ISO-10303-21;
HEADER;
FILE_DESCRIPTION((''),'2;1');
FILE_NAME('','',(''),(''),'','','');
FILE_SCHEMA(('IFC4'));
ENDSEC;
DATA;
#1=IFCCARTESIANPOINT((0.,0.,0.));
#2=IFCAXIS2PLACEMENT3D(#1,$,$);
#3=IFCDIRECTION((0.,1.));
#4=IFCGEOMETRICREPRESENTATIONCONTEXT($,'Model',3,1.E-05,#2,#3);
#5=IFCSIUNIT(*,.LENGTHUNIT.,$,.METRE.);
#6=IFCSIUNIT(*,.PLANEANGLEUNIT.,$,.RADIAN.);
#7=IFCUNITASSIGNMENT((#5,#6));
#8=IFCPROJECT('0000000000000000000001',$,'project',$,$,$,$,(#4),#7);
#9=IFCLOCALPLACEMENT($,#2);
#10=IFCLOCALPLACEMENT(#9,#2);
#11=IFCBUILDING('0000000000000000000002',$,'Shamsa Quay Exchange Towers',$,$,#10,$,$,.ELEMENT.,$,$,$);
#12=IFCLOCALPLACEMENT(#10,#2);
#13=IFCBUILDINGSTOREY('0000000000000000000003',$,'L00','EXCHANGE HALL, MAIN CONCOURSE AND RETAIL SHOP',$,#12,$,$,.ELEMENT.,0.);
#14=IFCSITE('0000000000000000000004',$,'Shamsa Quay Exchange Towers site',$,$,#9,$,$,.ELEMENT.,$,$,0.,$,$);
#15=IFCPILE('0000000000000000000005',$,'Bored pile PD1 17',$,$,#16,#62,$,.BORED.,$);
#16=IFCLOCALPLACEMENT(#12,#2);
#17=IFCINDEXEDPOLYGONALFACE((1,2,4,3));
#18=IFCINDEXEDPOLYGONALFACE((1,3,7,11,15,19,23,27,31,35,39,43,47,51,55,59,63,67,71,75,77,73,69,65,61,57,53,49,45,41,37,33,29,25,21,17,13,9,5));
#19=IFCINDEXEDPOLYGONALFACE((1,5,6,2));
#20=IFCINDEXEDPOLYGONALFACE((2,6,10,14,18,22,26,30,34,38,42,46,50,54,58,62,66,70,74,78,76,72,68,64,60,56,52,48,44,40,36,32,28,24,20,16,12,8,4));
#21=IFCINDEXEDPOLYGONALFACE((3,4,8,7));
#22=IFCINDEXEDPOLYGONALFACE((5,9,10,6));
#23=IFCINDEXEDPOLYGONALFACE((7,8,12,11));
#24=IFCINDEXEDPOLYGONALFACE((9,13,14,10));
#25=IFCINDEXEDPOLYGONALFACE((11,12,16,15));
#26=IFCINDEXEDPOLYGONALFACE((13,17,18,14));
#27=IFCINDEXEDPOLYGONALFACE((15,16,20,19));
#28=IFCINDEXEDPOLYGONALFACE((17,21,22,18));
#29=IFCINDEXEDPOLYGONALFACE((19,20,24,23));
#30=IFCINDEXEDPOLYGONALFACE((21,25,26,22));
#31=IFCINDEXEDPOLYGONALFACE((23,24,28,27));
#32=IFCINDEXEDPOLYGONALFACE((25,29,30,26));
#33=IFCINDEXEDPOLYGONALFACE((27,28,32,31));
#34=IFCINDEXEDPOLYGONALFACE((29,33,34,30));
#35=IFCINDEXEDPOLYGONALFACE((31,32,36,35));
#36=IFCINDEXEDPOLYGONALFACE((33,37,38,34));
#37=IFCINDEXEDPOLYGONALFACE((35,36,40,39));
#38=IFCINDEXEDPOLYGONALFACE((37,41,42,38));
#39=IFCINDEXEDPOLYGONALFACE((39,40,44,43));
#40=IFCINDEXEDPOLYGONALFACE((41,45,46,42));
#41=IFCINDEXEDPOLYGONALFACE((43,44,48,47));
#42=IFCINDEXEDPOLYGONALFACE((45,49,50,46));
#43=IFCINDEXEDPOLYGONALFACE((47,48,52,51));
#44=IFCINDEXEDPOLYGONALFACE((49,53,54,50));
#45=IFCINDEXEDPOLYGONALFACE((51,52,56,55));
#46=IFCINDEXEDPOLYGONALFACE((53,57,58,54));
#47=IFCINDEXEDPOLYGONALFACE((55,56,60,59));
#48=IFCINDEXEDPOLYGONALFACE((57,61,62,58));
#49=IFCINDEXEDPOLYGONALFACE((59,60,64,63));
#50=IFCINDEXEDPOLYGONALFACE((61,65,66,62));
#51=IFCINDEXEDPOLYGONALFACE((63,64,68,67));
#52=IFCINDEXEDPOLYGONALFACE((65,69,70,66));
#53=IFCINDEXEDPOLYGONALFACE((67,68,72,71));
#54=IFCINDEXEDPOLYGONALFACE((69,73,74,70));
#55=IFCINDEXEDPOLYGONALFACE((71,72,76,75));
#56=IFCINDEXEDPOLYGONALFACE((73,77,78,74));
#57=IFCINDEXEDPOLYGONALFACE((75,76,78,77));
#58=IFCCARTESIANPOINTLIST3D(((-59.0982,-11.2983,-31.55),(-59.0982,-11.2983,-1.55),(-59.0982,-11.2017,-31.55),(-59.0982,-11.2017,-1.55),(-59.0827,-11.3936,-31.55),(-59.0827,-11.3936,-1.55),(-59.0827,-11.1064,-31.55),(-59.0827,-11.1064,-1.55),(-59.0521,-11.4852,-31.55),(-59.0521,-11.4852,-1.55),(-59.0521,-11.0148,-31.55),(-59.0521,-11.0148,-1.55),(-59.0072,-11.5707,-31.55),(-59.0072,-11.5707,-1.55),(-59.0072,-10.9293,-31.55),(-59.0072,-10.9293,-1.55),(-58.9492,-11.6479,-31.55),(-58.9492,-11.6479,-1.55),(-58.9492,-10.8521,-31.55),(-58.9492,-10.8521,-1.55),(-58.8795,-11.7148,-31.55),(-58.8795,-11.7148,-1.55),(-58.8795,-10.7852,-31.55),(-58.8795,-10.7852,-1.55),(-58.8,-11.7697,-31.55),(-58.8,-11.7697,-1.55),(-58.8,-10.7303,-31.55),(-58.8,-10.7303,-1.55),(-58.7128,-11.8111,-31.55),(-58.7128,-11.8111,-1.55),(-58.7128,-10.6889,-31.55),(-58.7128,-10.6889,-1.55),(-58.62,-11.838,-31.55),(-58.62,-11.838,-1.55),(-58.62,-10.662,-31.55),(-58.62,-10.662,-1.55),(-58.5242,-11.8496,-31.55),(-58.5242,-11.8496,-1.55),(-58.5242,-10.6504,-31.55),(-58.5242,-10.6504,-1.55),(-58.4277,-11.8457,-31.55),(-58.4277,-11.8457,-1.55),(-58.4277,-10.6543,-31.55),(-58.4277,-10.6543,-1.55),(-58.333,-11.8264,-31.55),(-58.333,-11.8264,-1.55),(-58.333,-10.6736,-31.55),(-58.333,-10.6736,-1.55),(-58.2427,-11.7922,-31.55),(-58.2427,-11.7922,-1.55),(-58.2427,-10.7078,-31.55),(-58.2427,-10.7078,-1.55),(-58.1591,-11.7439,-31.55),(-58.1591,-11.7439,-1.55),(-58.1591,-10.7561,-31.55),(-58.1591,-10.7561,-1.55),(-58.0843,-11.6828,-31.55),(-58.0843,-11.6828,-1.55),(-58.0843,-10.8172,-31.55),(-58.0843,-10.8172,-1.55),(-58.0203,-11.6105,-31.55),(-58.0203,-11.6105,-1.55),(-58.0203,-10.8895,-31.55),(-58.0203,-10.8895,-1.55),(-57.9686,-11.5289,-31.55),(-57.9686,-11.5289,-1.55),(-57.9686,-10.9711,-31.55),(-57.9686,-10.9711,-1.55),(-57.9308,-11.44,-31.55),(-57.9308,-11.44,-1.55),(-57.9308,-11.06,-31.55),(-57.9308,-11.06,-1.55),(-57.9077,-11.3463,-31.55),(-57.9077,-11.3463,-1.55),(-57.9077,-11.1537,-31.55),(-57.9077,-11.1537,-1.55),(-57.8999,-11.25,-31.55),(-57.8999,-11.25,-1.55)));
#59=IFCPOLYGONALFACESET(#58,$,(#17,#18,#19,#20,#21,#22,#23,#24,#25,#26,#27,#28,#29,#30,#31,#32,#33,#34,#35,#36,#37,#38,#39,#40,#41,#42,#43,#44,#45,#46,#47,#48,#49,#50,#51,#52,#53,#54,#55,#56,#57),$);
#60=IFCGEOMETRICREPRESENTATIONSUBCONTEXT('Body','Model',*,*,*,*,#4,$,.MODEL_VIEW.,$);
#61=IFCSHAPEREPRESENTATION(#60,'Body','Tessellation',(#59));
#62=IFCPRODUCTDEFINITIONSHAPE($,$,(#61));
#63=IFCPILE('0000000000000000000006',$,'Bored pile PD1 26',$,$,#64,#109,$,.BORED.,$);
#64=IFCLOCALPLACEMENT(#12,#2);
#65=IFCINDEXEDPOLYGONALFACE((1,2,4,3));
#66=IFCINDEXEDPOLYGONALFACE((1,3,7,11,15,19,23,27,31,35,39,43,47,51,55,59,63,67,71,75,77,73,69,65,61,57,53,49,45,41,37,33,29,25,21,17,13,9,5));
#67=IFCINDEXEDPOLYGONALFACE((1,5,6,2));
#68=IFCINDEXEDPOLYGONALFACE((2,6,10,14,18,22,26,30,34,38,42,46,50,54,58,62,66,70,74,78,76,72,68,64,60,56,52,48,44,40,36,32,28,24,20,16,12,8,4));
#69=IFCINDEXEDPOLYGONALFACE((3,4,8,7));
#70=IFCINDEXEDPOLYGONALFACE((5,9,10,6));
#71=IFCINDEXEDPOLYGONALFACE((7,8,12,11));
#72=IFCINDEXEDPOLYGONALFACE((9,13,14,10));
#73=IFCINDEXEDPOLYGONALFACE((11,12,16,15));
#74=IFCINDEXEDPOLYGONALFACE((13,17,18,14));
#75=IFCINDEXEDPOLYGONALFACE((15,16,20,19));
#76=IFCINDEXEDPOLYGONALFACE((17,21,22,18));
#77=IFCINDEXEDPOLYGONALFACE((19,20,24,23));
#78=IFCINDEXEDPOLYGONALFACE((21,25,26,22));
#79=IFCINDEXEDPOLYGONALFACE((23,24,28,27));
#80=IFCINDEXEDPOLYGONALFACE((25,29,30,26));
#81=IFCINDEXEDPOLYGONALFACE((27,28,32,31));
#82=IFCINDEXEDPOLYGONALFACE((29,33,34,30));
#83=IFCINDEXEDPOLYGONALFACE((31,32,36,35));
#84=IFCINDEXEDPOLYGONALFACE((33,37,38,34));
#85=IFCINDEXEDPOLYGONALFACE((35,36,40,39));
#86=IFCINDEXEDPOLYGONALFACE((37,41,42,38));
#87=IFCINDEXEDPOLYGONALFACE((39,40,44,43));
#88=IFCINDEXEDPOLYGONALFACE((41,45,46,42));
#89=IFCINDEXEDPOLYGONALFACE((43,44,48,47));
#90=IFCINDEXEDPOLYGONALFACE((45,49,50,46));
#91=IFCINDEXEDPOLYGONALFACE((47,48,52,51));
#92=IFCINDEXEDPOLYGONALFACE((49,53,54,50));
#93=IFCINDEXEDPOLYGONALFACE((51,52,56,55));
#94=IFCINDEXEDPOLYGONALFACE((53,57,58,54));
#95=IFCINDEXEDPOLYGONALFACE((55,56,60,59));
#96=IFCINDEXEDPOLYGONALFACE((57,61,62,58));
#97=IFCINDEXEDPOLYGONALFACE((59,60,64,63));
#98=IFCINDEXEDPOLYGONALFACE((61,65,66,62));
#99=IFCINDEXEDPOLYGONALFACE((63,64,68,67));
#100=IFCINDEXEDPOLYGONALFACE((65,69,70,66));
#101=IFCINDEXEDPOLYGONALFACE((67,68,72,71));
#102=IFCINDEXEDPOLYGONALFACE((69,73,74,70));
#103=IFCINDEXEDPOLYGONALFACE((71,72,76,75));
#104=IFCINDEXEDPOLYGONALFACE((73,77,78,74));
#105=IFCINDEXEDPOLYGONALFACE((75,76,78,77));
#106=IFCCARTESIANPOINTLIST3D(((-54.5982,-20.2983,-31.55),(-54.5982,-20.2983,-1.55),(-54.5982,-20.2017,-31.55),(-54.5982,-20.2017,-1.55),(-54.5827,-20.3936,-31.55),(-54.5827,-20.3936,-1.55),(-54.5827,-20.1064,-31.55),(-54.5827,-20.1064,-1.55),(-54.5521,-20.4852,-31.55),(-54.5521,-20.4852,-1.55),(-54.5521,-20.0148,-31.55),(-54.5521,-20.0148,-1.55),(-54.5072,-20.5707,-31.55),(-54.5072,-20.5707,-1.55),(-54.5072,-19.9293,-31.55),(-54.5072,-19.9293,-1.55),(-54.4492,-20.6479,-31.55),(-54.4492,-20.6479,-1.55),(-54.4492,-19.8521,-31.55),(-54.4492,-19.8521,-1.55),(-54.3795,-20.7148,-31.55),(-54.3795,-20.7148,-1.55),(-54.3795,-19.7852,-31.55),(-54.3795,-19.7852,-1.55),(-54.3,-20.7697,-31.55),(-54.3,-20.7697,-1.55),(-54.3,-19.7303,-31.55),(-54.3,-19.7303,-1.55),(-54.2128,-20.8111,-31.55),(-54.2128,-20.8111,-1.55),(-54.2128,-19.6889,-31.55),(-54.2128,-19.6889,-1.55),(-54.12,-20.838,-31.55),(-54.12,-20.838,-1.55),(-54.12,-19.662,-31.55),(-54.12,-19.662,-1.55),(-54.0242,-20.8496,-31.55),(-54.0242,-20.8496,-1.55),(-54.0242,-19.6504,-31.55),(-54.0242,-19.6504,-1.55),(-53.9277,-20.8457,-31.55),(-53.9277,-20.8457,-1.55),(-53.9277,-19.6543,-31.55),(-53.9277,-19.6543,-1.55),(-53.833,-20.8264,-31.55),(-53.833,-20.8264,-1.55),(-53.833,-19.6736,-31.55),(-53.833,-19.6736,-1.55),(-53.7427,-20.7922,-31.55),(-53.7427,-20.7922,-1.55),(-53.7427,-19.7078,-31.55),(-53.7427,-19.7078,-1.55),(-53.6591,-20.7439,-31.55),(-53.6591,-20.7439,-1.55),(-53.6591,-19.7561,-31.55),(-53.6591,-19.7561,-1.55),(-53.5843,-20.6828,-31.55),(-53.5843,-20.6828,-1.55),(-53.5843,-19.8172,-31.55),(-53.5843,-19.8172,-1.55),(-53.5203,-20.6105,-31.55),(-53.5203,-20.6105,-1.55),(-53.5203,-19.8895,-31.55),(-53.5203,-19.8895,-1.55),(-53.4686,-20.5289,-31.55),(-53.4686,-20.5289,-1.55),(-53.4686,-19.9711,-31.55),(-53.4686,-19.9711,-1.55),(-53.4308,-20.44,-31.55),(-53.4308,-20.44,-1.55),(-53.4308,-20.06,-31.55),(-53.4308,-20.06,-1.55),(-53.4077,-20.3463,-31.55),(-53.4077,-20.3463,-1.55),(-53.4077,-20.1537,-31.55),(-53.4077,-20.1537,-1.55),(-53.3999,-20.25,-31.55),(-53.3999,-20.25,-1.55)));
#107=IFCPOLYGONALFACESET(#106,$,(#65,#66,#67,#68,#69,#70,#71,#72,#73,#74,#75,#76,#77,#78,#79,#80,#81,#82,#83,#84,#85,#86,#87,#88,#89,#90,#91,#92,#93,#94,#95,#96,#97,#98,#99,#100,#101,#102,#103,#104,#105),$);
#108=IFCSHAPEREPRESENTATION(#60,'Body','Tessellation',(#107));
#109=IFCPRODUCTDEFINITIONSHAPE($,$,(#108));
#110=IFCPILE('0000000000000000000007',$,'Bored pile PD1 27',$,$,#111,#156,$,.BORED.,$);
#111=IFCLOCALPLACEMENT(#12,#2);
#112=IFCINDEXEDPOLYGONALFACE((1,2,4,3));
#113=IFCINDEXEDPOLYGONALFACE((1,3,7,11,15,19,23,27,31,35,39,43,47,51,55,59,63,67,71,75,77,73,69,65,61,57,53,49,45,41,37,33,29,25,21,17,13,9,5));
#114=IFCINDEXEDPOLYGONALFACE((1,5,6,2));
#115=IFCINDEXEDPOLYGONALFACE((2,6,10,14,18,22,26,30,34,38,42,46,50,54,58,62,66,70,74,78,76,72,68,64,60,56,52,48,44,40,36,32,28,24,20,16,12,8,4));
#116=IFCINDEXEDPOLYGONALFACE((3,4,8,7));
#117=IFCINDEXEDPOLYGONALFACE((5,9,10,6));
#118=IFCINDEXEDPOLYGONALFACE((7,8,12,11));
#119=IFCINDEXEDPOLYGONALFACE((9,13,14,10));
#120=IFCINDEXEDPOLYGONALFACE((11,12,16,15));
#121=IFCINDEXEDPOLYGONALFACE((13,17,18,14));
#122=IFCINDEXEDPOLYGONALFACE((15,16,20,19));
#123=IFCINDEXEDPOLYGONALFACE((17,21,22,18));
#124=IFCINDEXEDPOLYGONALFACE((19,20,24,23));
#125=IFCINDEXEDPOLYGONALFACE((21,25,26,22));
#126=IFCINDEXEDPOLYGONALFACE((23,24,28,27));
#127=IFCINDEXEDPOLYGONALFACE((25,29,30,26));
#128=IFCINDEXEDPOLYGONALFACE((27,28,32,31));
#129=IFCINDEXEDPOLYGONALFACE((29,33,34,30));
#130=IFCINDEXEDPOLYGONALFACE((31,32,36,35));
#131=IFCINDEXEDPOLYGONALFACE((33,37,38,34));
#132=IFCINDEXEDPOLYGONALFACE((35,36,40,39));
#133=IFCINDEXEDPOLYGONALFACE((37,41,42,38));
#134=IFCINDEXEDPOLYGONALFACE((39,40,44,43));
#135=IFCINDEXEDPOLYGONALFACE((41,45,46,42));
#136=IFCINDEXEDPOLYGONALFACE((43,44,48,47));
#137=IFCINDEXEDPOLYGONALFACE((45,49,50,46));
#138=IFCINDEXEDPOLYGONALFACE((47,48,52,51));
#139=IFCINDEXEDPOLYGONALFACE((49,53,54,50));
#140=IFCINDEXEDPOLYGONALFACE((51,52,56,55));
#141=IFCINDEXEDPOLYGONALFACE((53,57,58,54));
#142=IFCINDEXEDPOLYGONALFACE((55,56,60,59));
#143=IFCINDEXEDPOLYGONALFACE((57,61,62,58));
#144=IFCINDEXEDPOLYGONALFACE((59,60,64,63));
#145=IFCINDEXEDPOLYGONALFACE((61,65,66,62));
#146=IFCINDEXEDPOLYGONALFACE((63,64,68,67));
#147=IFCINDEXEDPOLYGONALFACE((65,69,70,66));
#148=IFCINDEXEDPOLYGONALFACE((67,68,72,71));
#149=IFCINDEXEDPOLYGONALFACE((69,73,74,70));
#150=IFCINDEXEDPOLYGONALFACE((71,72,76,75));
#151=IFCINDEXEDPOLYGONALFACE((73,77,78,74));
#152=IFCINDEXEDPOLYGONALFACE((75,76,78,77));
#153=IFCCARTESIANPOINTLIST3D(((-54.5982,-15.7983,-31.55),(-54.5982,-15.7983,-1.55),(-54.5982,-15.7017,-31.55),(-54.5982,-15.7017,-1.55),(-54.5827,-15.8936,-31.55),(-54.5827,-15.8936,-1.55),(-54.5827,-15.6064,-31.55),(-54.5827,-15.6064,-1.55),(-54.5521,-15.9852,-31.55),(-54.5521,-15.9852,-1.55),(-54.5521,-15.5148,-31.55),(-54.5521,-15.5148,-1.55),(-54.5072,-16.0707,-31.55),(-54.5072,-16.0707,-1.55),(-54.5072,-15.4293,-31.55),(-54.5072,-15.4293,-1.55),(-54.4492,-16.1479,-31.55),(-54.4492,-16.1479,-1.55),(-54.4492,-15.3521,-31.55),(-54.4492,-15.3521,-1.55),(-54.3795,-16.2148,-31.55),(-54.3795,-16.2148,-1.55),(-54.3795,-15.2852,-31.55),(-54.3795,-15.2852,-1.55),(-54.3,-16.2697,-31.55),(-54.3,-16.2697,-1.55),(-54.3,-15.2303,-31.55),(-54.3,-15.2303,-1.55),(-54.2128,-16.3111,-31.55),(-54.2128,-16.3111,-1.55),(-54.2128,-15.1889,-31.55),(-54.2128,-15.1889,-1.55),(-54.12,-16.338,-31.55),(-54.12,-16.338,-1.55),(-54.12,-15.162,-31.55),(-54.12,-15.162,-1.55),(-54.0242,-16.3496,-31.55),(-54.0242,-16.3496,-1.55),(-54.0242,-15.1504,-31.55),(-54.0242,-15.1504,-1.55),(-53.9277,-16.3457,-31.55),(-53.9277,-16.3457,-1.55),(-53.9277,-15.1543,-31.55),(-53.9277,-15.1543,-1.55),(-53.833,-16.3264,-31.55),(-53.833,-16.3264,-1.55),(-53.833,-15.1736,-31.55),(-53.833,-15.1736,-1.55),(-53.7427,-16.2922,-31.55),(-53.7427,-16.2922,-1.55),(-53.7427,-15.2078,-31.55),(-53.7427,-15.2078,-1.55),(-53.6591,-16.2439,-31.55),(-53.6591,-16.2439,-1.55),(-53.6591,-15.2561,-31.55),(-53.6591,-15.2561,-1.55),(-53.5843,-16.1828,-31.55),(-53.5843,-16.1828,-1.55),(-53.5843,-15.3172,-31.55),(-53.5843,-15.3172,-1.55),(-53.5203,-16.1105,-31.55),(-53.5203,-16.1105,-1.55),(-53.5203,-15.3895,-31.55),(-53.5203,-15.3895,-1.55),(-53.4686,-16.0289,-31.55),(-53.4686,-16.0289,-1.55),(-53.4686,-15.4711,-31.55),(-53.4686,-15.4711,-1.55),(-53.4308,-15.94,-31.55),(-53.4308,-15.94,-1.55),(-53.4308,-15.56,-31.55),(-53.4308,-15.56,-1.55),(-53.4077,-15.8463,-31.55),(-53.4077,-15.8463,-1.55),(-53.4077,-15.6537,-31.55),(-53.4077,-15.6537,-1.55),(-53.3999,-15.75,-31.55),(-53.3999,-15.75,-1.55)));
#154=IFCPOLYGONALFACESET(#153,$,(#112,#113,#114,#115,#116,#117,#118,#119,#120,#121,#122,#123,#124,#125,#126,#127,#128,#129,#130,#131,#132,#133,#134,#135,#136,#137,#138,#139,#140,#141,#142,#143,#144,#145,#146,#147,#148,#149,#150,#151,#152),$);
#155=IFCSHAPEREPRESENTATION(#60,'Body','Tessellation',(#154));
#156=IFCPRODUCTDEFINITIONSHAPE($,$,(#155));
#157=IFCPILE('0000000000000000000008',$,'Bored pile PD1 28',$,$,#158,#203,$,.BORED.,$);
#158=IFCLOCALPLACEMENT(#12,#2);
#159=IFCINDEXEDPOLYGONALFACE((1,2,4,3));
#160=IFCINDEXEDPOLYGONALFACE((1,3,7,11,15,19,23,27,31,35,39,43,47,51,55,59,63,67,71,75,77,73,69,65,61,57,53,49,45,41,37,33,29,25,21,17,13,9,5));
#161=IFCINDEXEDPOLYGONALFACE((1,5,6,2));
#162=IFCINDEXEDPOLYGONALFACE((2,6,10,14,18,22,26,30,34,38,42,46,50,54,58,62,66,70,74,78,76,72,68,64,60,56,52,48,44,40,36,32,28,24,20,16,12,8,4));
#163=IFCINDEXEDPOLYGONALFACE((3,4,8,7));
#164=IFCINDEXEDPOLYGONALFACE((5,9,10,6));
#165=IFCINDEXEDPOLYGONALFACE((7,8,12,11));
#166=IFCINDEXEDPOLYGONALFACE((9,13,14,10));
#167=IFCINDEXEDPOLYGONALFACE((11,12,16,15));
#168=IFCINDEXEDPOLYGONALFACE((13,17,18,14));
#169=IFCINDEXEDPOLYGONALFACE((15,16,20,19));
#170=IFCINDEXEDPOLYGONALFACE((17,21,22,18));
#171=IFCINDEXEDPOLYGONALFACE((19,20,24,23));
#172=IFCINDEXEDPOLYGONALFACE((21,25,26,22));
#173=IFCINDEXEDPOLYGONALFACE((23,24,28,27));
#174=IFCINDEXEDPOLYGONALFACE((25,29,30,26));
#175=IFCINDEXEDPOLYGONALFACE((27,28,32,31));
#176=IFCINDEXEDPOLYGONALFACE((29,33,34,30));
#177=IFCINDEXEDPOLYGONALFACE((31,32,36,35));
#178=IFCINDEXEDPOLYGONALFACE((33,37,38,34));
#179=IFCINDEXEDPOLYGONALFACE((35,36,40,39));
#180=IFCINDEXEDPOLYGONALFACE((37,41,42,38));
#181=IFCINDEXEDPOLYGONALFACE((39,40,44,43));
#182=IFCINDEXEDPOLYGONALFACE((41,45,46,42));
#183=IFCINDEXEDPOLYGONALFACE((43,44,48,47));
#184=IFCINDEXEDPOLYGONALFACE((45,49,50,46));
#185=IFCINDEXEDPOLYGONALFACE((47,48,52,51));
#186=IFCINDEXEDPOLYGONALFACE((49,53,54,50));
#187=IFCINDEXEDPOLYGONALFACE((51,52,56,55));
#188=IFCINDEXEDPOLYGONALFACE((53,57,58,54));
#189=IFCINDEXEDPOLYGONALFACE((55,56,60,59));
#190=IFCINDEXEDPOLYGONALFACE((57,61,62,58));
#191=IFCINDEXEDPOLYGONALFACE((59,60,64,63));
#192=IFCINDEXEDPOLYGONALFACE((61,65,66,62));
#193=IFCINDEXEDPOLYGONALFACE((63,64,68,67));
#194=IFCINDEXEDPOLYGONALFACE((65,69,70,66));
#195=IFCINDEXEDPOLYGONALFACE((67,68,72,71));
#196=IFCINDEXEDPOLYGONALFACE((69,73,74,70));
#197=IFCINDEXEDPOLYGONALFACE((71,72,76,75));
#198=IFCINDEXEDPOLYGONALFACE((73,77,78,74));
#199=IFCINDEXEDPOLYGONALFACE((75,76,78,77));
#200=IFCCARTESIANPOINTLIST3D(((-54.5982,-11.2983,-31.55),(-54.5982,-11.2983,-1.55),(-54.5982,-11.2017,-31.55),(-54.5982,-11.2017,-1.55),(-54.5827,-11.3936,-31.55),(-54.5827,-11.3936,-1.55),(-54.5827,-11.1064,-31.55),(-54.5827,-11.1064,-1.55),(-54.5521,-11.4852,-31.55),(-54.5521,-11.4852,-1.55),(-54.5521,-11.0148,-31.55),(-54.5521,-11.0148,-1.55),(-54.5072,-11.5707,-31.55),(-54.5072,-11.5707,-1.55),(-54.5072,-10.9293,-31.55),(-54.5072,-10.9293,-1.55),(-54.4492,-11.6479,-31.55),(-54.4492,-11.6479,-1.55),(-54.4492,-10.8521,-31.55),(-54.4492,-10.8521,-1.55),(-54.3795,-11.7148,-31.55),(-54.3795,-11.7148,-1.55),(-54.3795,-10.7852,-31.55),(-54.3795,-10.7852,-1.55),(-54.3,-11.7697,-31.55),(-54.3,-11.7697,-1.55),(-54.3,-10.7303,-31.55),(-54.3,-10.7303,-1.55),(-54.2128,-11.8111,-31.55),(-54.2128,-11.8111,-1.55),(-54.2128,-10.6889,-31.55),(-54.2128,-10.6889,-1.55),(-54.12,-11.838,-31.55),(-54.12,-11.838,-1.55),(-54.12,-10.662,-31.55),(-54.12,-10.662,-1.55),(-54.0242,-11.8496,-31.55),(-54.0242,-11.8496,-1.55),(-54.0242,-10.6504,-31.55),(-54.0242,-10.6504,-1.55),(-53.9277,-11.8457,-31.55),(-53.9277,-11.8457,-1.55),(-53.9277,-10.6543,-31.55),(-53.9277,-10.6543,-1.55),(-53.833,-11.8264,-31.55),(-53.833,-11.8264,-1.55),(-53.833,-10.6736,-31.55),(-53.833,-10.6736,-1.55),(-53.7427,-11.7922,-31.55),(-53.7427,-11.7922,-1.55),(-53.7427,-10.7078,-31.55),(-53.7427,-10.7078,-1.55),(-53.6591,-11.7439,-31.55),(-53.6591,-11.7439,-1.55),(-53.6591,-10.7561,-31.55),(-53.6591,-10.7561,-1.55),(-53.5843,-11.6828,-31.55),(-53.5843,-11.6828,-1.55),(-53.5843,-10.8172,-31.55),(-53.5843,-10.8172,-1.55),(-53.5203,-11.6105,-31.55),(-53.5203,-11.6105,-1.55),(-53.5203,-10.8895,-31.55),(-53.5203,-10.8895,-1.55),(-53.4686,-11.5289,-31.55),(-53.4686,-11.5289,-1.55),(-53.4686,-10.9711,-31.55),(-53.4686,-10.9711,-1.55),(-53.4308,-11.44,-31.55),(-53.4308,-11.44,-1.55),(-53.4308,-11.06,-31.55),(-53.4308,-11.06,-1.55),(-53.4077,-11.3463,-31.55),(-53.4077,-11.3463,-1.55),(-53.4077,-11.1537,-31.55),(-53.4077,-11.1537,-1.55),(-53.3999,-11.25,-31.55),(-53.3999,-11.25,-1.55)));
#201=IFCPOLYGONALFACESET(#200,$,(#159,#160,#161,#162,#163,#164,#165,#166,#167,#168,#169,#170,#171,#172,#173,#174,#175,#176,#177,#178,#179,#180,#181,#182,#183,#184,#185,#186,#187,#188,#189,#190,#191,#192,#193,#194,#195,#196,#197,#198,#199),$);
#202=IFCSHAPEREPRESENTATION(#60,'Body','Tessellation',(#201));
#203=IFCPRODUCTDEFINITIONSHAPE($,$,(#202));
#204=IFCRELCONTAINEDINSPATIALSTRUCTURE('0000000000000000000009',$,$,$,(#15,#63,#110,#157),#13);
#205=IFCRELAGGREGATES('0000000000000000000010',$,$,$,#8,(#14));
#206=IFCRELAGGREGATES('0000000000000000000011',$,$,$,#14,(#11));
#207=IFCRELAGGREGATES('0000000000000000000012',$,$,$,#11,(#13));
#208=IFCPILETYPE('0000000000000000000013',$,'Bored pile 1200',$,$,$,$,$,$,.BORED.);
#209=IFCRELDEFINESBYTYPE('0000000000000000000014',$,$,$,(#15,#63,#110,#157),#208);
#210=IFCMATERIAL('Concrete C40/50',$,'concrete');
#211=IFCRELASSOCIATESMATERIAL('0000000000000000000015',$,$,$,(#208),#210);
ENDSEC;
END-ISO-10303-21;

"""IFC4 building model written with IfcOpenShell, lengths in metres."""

from ifc_helpers import new_model, si_unit, direction, frame, origin, origin_2d, place, context, subcontext, project, spatial, circle, extrude, material, material_profile, profile_set, type_object, element, save


model = new_model("IFC4")

# Units and contexts
model_context = context("Model", 3, precision=1e-05, world=origin(), true_north=direction((0.0, 1.0)))
body_context = subcontext(model_context, "Body", "Model", "MODEL_VIEW")
ifc_project = project(units=[si_unit("LENGTHUNIT", "METRE"), si_unit("PLANEANGLEUNIT", "RADIAN")], contexts=[model_context])

# Site, building, storey
site_placement = place(None, origin())
site = spatial("IfcSite", under=ifc_project, at=site_placement, Name="Shamsa Quay Exchange Towers site", CompositionType="ELEMENT", RefElevation=0.0)
building_placement = place(site_placement, origin())
building = spatial("IfcBuilding", under=site, at=building_placement, Name="Shamsa Quay Exchange Towers", CompositionType="ELEMENT")
storey_placement = place(building_placement, origin())
storey = spatial("IfcBuildingStorey", under=building, at=storey_placement, Name="L00", Description="EXCHANGE HALL, MAIN CONCOURSE AND RETAIL SHOP", CompositionType="ELEMENT", Elevation=0.0)

# Piles
ifc_material_1 = material(Name="Concrete C40/50", Category="concrete")
ifc_material_profile_1 = material_profile(ifc_material_1, circle(Radius=0.6001, at=origin_2d()), Name="BP1200")
ifc_profile_set_1 = profile_set([ifc_material_profile_1], Name="Concrete C40/50")
pile_type_1 = type_object("IfcPileType", Name="Bored pile 1200", PredefinedType="BORED", material=ifc_profile_set_1)
for number, where, z_axis, x_axis, name in (
    (1, (-58.5, -11.25, -1.55), (0.0, 0.0, -1.0), (1.0, 0.0, 0.0), "Bored pile PD1 17"),
    (2, (-54.0, -20.25, -1.55), (0.0, 0.0, -1.0), (1.0, 0.0, 0.0), "Bored pile PD1 26"),
    (3, (-54.0, -15.75, -1.55), (0.0, 0.0, -1.0), (1.0, 0.0, 0.0), "Bored pile PD1 27"),
    (4, (-54.0, -11.25, -1.55), (0.0, 0.0, -1.0), (1.0, 0.0, 0.0), "Bored pile PD1 28"),
):
    element("IfcPile", number, at=place(storey_placement, frame(where, z_axis=z_axis, x_axis=x_axis)), inside=storey, type_object=pile_type_1, Name=name, PredefinedType="BORED", context=body_context, shape_type="SweptSolid", body=[
        extrude(circle(Radius=0.6001, at=origin_2d()), origin(), (0.0, 0.0, 1.0), 30.0),
    ])

save(model, "model.ifc")
